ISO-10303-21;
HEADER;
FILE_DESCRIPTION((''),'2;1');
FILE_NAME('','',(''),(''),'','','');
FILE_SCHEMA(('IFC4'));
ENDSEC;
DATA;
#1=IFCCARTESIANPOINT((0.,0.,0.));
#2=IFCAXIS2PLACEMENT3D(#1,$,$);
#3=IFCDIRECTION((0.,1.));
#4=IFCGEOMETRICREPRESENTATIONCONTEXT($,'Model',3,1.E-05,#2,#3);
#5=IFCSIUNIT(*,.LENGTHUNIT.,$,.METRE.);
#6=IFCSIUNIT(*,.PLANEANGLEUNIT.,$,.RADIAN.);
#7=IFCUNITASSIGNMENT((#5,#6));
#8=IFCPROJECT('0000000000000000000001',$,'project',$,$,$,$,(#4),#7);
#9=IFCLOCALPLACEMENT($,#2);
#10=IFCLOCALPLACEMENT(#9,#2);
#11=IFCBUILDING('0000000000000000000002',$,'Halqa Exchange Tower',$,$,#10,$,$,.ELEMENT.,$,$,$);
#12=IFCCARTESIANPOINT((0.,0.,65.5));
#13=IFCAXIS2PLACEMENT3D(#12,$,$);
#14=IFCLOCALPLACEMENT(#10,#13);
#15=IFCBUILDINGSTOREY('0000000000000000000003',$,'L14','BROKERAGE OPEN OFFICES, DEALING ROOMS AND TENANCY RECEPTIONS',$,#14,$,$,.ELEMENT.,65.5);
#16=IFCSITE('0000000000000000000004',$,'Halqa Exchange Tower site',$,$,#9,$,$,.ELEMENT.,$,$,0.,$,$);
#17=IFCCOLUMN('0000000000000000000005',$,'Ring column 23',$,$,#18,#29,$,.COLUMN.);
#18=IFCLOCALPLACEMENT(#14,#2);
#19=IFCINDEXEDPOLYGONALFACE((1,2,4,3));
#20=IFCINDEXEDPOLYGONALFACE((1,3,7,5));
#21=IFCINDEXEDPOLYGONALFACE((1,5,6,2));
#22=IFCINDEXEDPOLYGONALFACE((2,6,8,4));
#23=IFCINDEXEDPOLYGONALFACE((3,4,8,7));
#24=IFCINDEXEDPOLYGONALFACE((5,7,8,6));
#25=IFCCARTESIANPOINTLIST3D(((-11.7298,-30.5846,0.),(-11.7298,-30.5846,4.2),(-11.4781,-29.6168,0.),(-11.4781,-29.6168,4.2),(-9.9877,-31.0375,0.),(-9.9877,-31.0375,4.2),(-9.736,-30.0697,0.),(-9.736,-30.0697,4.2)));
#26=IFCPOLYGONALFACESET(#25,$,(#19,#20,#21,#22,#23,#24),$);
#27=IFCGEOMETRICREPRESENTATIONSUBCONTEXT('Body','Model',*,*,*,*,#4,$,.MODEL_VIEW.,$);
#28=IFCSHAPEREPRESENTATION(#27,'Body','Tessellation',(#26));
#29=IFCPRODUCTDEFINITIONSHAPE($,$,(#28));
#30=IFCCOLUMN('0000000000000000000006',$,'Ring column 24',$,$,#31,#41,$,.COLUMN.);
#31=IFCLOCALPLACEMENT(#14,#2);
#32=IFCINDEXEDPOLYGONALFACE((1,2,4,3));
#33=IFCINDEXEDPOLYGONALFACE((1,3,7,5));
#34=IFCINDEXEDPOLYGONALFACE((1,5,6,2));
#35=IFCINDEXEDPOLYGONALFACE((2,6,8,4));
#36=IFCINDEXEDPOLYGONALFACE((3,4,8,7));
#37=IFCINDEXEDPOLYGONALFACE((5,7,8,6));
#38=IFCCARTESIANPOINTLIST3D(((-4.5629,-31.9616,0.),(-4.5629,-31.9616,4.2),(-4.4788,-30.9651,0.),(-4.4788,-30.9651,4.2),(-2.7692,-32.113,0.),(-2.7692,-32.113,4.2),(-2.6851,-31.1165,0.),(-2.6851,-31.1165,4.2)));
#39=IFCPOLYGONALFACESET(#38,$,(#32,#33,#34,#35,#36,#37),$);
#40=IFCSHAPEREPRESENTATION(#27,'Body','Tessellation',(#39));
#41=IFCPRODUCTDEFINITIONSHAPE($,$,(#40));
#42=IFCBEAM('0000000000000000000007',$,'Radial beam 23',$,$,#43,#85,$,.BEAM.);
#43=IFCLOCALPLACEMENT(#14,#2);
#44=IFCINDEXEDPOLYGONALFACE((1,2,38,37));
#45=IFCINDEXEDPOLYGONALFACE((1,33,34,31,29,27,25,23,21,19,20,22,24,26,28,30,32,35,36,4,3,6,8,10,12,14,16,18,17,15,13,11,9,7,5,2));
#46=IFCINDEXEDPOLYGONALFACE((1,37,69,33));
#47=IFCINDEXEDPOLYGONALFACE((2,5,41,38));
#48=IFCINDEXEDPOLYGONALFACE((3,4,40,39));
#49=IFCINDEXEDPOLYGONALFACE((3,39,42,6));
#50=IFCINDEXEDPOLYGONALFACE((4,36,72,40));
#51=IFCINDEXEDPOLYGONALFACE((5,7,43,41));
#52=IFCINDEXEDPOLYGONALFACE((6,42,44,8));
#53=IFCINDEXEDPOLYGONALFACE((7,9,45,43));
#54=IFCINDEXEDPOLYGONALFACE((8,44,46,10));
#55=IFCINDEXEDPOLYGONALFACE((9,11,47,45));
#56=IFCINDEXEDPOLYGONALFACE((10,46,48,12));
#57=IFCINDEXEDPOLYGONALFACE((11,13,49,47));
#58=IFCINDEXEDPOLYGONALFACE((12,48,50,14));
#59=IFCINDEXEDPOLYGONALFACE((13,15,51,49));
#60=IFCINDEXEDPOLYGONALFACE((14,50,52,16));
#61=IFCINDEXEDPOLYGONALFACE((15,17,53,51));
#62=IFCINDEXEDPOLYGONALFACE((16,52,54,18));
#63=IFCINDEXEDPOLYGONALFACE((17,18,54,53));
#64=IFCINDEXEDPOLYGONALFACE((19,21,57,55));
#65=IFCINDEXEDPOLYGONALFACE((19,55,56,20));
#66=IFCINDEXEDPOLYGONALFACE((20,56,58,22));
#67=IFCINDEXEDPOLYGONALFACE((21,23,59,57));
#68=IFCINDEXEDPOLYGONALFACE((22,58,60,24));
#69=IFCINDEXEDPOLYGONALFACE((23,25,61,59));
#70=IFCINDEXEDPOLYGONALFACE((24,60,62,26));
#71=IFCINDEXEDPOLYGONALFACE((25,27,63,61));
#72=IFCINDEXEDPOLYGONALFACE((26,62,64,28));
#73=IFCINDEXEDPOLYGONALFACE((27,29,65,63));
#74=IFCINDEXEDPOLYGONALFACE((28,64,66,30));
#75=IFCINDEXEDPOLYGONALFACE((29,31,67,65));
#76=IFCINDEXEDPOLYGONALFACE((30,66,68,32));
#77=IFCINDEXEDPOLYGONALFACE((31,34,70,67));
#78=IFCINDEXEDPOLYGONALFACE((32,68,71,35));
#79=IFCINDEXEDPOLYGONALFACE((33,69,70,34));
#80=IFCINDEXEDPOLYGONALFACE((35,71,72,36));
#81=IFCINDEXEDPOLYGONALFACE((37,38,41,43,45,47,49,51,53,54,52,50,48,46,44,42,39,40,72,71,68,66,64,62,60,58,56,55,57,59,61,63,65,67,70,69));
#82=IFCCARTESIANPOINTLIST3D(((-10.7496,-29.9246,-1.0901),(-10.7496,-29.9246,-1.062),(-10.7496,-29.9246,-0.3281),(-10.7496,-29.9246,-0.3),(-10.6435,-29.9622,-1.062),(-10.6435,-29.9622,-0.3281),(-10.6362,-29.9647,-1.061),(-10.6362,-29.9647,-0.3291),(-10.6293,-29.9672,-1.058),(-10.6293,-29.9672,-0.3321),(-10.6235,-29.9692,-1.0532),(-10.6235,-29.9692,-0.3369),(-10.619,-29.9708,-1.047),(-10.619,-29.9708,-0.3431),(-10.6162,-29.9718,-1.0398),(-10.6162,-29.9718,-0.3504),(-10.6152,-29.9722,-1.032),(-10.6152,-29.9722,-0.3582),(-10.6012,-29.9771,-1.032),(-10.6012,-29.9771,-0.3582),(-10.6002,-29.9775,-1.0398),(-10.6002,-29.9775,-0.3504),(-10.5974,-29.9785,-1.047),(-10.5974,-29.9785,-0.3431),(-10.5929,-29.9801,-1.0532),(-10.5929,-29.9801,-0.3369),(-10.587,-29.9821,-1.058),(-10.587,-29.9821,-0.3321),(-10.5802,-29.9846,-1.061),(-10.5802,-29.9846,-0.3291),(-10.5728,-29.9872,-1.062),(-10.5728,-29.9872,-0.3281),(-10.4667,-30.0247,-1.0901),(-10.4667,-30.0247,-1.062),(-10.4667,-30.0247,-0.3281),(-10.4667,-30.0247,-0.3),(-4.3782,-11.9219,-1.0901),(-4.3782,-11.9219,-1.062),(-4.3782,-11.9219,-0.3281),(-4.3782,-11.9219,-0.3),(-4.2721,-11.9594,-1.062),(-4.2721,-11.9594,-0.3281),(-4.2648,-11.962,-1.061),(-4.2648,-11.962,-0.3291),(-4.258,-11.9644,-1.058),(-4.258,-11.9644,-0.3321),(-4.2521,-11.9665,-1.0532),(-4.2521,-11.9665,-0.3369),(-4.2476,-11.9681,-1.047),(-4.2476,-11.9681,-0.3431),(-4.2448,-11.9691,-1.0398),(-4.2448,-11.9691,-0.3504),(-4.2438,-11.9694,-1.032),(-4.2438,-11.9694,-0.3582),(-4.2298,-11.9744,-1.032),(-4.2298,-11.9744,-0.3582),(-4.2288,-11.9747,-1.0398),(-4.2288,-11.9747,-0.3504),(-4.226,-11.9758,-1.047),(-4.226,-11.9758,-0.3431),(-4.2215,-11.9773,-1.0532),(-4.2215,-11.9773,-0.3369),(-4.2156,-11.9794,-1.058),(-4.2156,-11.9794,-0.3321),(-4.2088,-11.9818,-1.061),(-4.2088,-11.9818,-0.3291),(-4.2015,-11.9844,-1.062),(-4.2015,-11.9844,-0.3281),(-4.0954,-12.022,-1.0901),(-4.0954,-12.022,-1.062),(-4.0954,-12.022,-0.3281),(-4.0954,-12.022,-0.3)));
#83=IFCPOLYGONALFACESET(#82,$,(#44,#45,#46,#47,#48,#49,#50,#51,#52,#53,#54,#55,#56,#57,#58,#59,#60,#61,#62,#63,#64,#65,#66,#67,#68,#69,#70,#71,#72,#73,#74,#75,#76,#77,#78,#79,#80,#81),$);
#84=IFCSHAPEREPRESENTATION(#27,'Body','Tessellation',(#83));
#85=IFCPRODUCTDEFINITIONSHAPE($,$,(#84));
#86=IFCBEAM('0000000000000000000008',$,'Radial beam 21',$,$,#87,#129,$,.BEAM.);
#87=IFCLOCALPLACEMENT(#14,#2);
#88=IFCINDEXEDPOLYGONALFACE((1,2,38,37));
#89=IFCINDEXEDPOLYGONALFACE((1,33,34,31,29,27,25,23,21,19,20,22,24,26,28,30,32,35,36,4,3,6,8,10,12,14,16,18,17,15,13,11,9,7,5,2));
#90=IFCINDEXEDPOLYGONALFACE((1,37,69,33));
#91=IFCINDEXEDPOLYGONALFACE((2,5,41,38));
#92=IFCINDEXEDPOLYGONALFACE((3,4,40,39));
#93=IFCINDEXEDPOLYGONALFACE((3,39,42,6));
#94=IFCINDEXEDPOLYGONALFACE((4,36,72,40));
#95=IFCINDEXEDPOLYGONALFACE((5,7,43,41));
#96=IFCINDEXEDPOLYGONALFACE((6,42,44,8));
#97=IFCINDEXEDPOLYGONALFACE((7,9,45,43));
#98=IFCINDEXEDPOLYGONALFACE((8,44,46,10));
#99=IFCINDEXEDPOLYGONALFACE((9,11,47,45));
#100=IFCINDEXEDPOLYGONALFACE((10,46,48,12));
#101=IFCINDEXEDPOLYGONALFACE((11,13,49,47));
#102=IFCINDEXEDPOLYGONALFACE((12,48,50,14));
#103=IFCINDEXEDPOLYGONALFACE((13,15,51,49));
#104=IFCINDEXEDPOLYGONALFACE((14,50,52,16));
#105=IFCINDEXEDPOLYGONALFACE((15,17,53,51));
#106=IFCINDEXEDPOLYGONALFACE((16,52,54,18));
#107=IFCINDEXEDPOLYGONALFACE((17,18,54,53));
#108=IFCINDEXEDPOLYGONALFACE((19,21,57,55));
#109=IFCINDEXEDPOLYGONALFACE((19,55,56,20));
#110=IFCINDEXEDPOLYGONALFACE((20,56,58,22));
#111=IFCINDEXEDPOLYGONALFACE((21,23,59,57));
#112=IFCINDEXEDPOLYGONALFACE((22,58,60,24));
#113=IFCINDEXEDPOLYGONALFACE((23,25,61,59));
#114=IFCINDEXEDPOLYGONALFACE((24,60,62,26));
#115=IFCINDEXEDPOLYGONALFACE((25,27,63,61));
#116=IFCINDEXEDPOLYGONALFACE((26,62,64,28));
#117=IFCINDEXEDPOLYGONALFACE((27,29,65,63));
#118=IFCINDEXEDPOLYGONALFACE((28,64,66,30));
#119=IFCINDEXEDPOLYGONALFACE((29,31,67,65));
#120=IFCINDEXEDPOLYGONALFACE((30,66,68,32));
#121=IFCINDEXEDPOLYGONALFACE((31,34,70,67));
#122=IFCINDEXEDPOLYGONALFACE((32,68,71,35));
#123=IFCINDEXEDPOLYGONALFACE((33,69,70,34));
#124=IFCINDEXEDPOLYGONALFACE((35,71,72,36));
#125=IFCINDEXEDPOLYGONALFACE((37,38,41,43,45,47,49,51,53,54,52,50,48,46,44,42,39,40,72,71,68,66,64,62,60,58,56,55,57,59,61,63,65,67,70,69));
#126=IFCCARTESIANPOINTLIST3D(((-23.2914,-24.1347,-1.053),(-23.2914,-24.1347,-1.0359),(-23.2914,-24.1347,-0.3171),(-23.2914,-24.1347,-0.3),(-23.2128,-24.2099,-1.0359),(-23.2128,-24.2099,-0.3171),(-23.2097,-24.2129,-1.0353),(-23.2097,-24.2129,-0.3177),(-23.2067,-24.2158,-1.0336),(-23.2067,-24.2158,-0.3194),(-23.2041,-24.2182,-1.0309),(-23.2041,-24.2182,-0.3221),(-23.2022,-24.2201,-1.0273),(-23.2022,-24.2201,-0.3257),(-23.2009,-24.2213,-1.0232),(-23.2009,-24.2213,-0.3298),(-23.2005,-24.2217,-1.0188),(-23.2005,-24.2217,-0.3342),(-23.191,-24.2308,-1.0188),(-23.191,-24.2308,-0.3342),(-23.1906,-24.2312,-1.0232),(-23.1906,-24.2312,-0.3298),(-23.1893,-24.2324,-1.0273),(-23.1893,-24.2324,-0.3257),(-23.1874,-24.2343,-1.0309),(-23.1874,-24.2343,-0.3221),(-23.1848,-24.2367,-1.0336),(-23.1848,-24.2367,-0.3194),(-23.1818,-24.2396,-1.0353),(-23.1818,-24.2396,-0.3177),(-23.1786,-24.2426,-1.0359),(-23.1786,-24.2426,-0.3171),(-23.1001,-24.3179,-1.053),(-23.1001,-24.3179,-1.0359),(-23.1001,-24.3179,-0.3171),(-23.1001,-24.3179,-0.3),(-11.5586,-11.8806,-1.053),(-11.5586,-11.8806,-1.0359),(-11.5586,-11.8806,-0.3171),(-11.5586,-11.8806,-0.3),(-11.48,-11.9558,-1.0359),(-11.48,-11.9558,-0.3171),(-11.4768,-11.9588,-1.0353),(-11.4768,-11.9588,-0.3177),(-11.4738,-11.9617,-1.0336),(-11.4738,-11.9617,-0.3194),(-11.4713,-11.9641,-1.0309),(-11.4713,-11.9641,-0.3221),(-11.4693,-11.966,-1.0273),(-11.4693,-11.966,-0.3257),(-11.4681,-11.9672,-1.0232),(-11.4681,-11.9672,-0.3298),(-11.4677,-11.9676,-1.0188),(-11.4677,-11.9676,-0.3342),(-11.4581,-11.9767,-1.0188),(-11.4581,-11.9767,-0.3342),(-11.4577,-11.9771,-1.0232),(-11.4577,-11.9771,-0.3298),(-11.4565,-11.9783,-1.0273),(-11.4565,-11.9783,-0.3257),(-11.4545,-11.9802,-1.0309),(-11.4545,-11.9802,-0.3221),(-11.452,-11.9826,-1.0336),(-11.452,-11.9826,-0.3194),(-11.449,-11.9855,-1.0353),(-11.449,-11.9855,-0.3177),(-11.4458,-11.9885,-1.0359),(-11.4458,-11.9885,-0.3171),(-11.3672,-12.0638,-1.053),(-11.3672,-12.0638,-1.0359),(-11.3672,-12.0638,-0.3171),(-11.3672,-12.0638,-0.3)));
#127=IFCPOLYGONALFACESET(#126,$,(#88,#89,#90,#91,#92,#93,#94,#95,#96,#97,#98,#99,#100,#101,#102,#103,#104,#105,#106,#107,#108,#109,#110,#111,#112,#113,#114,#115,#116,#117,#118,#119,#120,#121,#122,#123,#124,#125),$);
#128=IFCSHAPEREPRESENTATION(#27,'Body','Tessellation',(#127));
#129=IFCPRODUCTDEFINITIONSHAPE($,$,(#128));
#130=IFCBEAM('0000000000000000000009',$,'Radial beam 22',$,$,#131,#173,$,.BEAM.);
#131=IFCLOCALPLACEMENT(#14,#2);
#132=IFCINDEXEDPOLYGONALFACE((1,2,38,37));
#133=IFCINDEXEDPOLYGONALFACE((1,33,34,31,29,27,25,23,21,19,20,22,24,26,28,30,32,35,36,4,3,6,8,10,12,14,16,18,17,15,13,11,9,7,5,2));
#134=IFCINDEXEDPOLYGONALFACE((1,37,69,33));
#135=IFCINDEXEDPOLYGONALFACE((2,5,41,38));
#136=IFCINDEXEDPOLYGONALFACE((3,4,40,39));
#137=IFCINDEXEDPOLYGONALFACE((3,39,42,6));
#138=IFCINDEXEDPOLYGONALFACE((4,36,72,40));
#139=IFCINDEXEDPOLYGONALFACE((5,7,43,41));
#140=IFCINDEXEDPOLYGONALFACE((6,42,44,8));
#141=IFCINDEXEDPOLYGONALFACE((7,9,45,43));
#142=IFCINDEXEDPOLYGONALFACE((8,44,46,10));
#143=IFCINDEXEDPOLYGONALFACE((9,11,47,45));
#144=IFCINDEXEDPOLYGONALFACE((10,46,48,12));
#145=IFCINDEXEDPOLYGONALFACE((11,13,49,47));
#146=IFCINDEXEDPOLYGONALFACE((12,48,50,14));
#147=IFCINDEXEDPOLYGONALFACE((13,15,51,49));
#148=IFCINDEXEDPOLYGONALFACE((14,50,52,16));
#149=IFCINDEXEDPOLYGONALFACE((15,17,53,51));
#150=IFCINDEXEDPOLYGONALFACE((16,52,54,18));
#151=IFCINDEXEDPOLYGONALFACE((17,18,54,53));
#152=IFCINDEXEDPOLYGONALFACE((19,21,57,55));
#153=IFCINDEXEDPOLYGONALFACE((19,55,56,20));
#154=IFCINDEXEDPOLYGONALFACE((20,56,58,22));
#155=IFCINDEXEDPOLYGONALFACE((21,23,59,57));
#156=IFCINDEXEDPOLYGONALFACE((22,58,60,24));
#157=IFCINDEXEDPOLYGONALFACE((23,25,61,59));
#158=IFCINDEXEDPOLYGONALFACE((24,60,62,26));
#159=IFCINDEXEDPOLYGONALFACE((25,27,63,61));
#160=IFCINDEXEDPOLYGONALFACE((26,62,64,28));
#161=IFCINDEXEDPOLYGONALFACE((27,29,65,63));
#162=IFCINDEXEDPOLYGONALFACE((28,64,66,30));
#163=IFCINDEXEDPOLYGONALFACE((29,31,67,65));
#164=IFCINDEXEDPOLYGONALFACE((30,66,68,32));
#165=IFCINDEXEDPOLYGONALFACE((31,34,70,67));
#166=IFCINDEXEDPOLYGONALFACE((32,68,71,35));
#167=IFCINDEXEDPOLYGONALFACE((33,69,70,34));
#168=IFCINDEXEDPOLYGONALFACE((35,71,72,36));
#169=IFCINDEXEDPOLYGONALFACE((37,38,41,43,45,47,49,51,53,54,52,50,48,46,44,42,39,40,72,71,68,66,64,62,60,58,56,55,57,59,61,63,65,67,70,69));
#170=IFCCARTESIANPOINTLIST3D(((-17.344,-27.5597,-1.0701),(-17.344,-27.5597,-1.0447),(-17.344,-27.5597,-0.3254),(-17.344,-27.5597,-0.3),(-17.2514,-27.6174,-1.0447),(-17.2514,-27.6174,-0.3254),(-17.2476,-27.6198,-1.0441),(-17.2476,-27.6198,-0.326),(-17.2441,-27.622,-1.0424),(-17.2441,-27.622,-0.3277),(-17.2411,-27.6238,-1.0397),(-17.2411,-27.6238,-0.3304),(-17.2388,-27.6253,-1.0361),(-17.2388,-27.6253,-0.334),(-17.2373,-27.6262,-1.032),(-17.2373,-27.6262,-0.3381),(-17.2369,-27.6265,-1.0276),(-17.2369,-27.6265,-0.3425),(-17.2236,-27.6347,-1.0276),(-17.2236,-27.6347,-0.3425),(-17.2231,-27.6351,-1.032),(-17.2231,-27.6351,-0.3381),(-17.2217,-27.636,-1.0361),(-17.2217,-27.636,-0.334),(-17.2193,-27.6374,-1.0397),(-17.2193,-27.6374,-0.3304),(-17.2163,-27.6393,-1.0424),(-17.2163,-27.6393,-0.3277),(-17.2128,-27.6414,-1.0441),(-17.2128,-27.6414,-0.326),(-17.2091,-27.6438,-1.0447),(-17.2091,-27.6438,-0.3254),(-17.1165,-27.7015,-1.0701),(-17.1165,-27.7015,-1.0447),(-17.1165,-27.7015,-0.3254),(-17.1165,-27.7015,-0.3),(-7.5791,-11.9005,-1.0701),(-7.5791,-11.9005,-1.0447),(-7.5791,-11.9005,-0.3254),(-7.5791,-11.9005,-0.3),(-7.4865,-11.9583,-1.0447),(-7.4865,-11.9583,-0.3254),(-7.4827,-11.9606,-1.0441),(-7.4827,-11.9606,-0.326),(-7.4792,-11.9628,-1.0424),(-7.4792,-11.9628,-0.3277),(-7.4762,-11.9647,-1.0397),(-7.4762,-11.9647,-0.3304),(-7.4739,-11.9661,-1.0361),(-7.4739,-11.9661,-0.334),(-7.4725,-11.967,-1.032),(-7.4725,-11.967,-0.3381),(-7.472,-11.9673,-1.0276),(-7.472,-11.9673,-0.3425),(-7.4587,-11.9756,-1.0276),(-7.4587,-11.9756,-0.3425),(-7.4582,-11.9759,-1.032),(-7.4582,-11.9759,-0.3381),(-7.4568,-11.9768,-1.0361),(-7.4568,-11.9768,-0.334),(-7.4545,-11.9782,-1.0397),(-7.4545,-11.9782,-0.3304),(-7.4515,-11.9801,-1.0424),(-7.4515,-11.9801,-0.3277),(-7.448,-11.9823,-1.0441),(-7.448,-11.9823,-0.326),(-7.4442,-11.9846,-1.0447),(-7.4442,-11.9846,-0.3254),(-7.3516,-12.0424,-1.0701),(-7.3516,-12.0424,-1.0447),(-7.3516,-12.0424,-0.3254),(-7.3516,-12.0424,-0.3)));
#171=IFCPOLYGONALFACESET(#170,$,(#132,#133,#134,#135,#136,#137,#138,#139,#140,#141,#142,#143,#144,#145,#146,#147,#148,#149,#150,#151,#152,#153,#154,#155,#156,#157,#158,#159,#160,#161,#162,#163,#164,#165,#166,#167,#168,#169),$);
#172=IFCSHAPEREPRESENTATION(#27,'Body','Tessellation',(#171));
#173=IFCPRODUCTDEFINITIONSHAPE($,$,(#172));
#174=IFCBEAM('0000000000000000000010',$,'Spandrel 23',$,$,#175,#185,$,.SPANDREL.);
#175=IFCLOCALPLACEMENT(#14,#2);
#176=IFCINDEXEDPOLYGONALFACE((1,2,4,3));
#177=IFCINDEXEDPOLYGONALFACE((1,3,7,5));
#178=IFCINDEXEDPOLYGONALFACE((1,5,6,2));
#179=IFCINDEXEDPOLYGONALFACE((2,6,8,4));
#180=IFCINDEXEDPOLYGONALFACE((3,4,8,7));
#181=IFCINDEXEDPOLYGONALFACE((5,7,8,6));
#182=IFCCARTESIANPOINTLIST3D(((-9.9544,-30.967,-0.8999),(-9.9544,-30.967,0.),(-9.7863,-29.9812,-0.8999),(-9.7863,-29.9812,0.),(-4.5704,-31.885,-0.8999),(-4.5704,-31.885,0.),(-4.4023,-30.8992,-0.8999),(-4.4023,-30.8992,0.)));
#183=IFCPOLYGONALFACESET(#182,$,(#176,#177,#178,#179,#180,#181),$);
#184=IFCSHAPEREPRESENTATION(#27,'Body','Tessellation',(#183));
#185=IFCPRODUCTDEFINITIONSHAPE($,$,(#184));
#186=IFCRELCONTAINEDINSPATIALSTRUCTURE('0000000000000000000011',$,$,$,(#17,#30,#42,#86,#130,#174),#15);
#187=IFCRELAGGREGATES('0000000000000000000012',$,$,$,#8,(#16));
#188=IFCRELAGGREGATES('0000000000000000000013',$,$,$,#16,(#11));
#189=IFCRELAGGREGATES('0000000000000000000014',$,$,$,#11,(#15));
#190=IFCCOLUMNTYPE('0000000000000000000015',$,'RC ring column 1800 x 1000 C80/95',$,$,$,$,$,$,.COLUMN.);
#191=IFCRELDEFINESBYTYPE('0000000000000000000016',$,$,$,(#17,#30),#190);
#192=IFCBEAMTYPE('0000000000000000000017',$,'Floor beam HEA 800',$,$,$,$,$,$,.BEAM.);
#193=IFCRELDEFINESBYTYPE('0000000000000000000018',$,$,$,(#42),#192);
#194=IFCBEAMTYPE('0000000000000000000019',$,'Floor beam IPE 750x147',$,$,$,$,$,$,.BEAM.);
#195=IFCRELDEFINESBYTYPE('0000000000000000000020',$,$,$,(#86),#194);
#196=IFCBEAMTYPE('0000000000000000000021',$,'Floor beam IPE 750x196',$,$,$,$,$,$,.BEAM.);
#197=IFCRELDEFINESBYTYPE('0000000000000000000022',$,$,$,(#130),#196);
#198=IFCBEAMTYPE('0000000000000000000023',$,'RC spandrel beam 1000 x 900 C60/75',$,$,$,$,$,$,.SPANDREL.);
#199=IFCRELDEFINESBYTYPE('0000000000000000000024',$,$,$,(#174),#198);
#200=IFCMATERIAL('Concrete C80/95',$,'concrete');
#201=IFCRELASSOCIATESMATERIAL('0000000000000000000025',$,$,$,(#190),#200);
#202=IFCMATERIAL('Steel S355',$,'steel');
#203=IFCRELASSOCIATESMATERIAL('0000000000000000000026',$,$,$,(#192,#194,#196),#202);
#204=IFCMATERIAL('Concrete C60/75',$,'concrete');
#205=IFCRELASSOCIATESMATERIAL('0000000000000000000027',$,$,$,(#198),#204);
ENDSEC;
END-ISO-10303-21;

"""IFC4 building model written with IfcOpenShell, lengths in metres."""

from ifc_helpers import new_model, si_unit, direction, frame, origin, origin_2d, place, context, subcontext, project, spatial, rectangle, i_section, extrude, material, material_profile, profile_set, type_object, element, save


model = new_model("IFC4")

# Units and contexts
model_context = context("Model", 3, precision=1e-05, world=origin(), true_north=direction((0.0, 1.0)))
body_context = subcontext(model_context, "Body", "Model", "MODEL_VIEW")
ifc_project = project(units=[si_unit("LENGTHUNIT", "METRE"), si_unit("PLANEANGLEUNIT", "RADIAN")], contexts=[model_context])

# Site, building, storey
site_placement = place(None, origin())
site = spatial("IfcSite", under=ifc_project, at=site_placement, Name="Halqa Exchange Tower site", CompositionType="ELEMENT", RefElevation=0.0)
building_placement = place(site_placement, origin())
building = spatial("IfcBuilding", under=site, at=building_placement, Name="Halqa Exchange Tower", CompositionType="ELEMENT")
storey_placement = place(building_placement, frame((0.0, 0.0, 65.5)))
storey = spatial("IfcBuildingStorey", under=building, at=storey_placement, Name="L14", Description="BROKERAGE OPEN OFFICES, DEALING ROOMS AND TENANCY RECEPTIONS", CompositionType="ELEMENT", Elevation=65.5)

# Columns
ifc_material_1 = material(Name="Concrete C80/95", Category="concrete")
ifc_material_profile_1 = material_profile(ifc_material_1, rectangle(XDim=1.8, YDim=1.0, at=origin_2d()), Name="1800 x 1000")
ifc_profile_set_1 = profile_set([ifc_material_profile_1], Name="Concrete C80/95")
column_type = type_object("IfcColumnType", Name="RC ring column 1800 x 1000 C80/95", PredefinedType="COLUMN", material=ifc_profile_set_1)
for number, where, z_axis, x_axis, name in (
    (1, (-10.7329, -30.3271, 0.0), (0.0, 0.0, 1.0), (0.96782, -0.251644, 0.0), "Ring column 23"),
    (2, (-3.624, -31.5391, 0.0), (0.0, 0.0, 1.0), (0.996456, -0.08412, 0.0), "Ring column 24"),
):
    element("IfcColumn", number, at=place(storey_placement, frame(where, z_axis=z_axis, x_axis=x_axis)), inside=storey, type_object=column_type, Name=name, PredefinedType="COLUMN", context=body_context, shape_type="SweptSolid", body=[
        extrude(rectangle(XDim=1.8, YDim=1.0, at=origin_2d()), origin(), (0.0, 0.0, 1.0), 4.2),
    ])

# Beams
ifc_material_2 = material(Name="Steel S355", Category="steel")
ifc_material_profile_2 = material_profile(ifc_material_2, i_section(OverallWidth=0.3, OverallDepth=0.79, WebThickness=0.0149, FlangeThickness=0.0281, FilletRadius=0.03, at=origin_2d()), Name="HEA 800")
ifc_profile_set_2 = profile_set([ifc_material_profile_2], Name="Steel S355")
beam_type_1 = type_object("IfcBeamType", Name="Floor beam HEA 800", PredefinedType="BEAM", material=ifc_profile_set_2)
beam_1_placement = place(storey_placement, frame((-4.2368, -11.9719, -0.6951), z_axis=(-0.333632, -0.942703, 0.0), x_axis=(0.942703, -0.333632, 0.0)))
element("IfcBeam", 3, at=beam_1_placement, inside=storey, type_object=beam_type_1, Name="Radial beam 23", PredefinedType="BEAM", context=body_context, shape_type="SweptSolid", body=[
    extrude(i_section(OverallWidth=0.3, OverallDepth=0.79, WebThickness=0.0149, FlangeThickness=0.0281, FilletRadius=0.03, at=origin_2d()), origin(), (0.0, 0.0, 1.0), 19.0969),
])
ifc_material_profile_3 = material_profile(ifc_material_2, i_section(OverallWidth=0.2649, OverallDepth=0.7529, WebThickness=0.0132, FlangeThickness=0.0171, FilletRadius=0.0171, at=origin_2d()), Name="IPE 750x147")
ifc_profile_set_3 = profile_set([ifc_material_profile_3], Name="Steel S355")
beam_type_2 = type_object("IfcBeamType", Name="Floor beam IPE 750x147", PredefinedType="BEAM", material=ifc_profile_set_3)
beam_2_placement = place(storey_placement, frame((-11.4629, -11.9722, -0.6765), z_axis=(-0.691578, -0.722302, 0.0), x_axis=(0.722302, -0.691578, 0.0)))
element("IfcBeam", 4, at=beam_2_placement, inside=storey, type_object=beam_type_2, Name="Radial beam 21", PredefinedType="BEAM", context=body_context, shape_type="SweptSolid", body=[
    extrude(i_section(OverallWidth=0.2649, OverallDepth=0.7529, WebThickness=0.0132, FlangeThickness=0.0171, FilletRadius=0.0171, at=origin_2d()), origin(), (0.0, 0.0, 1.0), 16.9653),
])
ifc_material_profile_4 = material_profile(ifc_material_2, i_section(OverallWidth=0.2681, OverallDepth=0.77, WebThickness=0.0156, FlangeThickness=0.0254, FilletRadius=0.0171, at=origin_2d()), Name="IPE 750x196")
ifc_profile_set_4 = profile_set([ifc_material_profile_4], Name="Steel S355")
beam_type_3 = type_object("IfcBeamType", Name="Floor beam IPE 750x196", PredefinedType="BEAM", material=ifc_profile_set_4)
beam_3_placement = place(storey_placement, frame((-7.4653, -11.9714, -0.6851), z_axis=(-0.529138, -0.848536, 0.0), x_axis=(0.848536, -0.529138, 0.0)))
element("IfcBeam", 5, at=beam_3_placement, inside=storey, type_object=beam_type_3, Name="Radial beam 22", PredefinedType="BEAM", context=body_context, shape_type="SweptSolid", body=[
    extrude(i_section(OverallWidth=0.2681, OverallDepth=0.77, WebThickness=0.0156, FlangeThickness=0.0254, FilletRadius=0.0171, at=origin_2d()), origin(), (0.0, 0.0, 1.0), 18.4543),
])
ifc_material_3 = material(Name="Concrete C60/75", Category="concrete")
ifc_material_profile_5 = material_profile(ifc_material_3, rectangle(XDim=1.0, YDim=0.8999, at=origin_2d()), Name="1000 x 900")
ifc_profile_set_5 = profile_set([ifc_material_profile_5], Name="Concrete C60/75")
beam_type_4 = type_object("IfcBeamType", Name="RC spandrel beam 1000 x 900 C60/75", PredefinedType="SPANDREL", material=ifc_profile_set_5)
beam_4_placement = place(storey_placement, frame((-9.8704, -30.4741, -0.45), z_axis=(0.985775, -0.168073, 0.0), x_axis=(0.168073, 0.985775, 0.0)))
element("IfcBeam", 6, at=beam_4_placement, inside=storey, type_object=beam_type_4, Name="Spandrel 23", PredefinedType="SPANDREL", context=body_context, shape_type="SweptSolid", body=[
    extrude(rectangle(XDim=1.0, YDim=0.8999, at=origin_2d()), origin(), (0.0, 0.0, 1.0), 5.4617),
])

save(model, "model.ifc")
